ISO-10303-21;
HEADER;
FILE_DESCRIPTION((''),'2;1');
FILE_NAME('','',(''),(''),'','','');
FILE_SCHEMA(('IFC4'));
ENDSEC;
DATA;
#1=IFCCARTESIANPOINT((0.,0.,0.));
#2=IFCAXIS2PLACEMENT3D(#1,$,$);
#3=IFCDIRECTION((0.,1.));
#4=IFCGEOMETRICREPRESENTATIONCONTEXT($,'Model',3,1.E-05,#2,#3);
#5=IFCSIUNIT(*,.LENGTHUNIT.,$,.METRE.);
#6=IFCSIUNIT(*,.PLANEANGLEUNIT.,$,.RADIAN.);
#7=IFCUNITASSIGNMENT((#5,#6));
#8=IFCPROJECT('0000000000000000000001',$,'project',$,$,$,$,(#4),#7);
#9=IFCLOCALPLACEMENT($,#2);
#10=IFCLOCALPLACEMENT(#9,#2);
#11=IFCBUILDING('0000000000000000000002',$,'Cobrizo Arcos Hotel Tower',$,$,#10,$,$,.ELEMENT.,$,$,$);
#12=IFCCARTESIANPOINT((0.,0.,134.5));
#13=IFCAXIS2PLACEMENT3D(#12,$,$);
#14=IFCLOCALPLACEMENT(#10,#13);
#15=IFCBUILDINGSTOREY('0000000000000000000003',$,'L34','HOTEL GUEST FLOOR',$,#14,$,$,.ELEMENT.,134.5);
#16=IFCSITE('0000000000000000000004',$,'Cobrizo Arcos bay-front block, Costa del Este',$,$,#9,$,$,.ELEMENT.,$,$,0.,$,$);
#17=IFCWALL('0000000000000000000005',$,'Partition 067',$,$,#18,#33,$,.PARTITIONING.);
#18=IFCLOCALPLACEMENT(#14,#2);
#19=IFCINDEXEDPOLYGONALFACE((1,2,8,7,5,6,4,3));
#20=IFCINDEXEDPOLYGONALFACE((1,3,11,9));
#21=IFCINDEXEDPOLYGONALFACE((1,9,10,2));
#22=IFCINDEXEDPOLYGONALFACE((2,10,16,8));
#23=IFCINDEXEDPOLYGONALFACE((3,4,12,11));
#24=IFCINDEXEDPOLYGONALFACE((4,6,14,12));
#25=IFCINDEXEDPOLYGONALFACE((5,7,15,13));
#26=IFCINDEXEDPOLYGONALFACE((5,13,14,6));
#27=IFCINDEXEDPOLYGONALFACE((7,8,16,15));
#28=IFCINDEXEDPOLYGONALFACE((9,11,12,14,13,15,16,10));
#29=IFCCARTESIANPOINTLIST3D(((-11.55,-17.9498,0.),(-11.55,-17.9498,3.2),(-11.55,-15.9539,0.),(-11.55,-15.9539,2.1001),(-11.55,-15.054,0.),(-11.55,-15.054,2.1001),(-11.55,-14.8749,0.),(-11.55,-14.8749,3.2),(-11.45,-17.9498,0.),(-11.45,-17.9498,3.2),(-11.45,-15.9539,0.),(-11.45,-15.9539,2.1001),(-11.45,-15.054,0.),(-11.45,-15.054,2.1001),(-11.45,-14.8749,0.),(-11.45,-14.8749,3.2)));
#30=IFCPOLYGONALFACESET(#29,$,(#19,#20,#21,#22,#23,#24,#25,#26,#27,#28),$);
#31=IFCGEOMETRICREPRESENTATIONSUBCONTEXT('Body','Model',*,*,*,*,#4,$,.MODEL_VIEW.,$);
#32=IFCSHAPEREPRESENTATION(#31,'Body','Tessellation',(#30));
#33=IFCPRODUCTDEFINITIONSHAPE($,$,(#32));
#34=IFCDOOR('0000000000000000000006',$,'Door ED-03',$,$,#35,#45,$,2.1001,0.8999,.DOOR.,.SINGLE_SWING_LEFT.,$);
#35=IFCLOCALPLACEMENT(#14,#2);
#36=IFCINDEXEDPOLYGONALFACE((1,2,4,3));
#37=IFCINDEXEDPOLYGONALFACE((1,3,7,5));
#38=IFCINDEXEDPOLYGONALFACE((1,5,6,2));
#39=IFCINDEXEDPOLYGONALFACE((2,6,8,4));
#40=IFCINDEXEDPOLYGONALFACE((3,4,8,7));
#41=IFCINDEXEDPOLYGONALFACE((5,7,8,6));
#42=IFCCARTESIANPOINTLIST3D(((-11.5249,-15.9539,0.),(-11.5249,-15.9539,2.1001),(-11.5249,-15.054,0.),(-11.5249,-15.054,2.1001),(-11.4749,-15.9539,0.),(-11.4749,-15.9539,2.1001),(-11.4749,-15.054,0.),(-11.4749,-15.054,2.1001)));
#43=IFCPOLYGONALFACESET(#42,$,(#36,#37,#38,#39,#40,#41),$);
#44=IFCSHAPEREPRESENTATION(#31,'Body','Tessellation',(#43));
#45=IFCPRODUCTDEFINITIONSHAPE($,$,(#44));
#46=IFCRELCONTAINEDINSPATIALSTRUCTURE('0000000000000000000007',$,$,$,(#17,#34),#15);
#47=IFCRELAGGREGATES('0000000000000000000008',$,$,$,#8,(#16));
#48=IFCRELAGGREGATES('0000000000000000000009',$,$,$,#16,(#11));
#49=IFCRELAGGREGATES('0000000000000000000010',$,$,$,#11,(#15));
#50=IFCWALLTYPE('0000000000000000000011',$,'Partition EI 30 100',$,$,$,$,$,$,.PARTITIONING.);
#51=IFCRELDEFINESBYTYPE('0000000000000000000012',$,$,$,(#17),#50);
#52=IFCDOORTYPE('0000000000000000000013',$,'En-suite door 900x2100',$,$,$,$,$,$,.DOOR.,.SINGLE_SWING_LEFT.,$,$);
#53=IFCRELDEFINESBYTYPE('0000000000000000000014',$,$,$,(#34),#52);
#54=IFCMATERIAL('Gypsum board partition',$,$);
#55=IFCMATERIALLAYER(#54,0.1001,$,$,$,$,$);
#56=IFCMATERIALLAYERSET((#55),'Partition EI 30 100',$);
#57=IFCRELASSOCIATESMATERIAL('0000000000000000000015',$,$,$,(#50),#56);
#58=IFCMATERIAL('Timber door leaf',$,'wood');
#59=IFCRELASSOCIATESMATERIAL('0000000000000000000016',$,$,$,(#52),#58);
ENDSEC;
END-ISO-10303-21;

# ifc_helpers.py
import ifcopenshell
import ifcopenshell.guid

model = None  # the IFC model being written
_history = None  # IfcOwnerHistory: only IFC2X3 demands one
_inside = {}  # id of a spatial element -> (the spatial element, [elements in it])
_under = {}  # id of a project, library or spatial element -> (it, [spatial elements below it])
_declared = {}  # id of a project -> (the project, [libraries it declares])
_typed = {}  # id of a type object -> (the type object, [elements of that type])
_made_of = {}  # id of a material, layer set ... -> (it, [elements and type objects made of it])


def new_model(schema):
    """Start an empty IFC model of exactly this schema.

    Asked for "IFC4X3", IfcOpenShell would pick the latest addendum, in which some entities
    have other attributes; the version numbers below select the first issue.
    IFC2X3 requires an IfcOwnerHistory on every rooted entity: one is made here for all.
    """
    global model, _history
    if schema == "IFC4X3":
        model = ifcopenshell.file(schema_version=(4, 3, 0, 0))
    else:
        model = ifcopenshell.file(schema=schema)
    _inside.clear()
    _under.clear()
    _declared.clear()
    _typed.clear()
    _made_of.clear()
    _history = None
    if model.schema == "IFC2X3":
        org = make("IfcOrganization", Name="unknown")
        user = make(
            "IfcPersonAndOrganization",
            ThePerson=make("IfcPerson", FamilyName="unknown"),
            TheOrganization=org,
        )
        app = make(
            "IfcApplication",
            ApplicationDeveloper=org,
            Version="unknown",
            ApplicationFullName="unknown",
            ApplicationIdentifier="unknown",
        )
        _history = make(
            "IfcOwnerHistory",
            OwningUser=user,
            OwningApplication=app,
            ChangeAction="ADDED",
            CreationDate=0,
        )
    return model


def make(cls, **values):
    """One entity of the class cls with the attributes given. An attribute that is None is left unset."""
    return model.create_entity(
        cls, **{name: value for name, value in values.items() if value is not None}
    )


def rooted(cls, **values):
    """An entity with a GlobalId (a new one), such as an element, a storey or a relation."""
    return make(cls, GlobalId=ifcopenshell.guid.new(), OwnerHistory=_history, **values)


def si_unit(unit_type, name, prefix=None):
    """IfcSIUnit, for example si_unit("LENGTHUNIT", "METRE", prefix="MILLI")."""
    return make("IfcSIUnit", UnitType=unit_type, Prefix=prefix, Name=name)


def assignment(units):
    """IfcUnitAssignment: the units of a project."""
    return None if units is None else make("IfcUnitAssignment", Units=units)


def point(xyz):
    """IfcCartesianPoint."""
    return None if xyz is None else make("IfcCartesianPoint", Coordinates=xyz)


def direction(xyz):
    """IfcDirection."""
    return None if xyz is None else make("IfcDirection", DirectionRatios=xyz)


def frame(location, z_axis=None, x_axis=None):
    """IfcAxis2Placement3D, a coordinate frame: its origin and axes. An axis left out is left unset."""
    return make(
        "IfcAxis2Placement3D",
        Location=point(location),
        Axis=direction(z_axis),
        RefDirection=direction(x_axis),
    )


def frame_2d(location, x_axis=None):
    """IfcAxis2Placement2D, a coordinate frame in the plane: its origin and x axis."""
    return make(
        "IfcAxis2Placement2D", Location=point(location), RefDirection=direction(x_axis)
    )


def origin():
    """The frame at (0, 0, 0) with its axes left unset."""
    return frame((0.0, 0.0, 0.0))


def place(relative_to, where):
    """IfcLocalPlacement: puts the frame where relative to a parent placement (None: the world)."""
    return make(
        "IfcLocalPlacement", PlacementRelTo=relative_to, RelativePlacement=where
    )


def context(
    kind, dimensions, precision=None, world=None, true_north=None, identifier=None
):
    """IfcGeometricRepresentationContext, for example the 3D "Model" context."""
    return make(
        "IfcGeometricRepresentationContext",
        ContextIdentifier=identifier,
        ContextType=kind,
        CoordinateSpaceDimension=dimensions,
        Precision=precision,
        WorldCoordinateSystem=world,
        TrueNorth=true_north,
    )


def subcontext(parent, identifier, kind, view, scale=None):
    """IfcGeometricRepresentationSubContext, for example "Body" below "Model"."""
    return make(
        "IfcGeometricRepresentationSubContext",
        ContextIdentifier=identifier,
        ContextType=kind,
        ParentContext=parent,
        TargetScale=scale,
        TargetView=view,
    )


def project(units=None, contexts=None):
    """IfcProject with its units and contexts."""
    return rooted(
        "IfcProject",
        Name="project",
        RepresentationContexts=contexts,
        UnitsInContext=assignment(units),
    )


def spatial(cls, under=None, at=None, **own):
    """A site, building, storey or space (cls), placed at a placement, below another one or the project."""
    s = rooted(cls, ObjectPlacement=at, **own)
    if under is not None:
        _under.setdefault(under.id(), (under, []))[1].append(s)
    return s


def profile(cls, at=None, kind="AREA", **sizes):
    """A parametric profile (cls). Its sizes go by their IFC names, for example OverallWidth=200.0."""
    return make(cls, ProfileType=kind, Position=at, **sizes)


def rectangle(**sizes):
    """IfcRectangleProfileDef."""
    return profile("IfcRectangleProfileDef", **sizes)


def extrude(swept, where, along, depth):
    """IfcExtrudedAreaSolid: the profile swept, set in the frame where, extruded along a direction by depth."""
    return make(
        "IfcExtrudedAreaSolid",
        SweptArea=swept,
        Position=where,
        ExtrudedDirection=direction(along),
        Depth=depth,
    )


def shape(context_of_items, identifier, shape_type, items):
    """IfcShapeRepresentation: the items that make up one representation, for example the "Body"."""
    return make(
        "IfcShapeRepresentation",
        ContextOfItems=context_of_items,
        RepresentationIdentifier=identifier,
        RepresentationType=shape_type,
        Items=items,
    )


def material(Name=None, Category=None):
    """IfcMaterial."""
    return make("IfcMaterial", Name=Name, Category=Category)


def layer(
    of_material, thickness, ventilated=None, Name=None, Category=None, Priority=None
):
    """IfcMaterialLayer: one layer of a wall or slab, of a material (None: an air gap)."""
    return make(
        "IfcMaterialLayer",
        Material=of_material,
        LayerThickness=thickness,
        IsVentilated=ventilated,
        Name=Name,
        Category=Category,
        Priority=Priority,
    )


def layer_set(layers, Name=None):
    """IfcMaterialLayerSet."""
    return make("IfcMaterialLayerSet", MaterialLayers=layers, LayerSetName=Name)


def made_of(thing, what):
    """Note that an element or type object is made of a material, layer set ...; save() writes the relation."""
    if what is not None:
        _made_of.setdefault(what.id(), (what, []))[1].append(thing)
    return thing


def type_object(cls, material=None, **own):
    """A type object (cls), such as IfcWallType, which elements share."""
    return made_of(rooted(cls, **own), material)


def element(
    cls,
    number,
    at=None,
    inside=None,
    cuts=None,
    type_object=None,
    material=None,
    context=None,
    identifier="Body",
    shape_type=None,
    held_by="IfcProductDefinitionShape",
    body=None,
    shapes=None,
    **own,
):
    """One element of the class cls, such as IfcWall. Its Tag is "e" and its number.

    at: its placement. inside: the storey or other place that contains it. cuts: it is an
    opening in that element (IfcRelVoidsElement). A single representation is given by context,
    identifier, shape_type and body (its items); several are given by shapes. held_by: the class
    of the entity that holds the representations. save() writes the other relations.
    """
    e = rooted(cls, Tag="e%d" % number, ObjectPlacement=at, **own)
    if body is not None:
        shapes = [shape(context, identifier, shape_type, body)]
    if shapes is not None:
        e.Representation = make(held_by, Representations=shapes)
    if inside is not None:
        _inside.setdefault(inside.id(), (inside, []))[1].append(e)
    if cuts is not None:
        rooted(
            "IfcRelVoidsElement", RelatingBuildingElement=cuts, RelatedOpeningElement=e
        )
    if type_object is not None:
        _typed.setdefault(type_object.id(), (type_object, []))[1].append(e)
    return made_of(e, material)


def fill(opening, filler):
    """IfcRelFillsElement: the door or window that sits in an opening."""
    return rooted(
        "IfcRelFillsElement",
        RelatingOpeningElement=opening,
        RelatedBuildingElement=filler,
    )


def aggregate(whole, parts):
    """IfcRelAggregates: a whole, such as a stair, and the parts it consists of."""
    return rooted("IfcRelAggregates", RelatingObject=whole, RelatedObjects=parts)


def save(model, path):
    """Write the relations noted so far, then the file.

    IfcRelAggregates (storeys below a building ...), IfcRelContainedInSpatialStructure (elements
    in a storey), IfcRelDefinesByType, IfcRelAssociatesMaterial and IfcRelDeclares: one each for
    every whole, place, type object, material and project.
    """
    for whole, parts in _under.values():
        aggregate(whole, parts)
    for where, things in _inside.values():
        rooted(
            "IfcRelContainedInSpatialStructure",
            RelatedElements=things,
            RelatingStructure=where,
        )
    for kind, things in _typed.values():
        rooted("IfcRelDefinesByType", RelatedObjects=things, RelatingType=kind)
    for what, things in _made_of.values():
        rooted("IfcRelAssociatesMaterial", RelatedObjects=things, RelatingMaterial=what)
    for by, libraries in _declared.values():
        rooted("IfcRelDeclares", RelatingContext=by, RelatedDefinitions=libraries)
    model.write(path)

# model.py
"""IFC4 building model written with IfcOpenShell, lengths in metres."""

from ifc_helpers import new_model, si_unit, direction, frame, frame_2d, origin, place, context, subcontext, project, spatial, rectangle, extrude, material, layer, layer_set, type_object, element, fill, save


model = new_model("IFC4")

# Units and contexts
model_context = context("Model", 3, precision=1e-05, world=origin(), true_north=direction((0.0, 1.0)))
body_context = subcontext(model_context, "Body", "Model", "MODEL_VIEW")
ifc_project = project(units=[si_unit("LENGTHUNIT", "METRE"), si_unit("PLANEANGLEUNIT", "RADIAN")], contexts=[model_context])

# Site, building, storey
site_placement = place(None, origin())
site = spatial("IfcSite", under=ifc_project, at=site_placement, Name="Cobrizo Arcos bay-front block, Costa del Este", CompositionType="ELEMENT", RefElevation=0.0)
building_placement = place(site_placement, origin())
building = spatial("IfcBuilding", under=site, at=building_placement, Name="Cobrizo Arcos Hotel Tower", CompositionType="ELEMENT")
storey_placement = place(building_placement, frame((0.0, 0.0, 134.5)))
storey = spatial("IfcBuildingStorey", under=building, at=storey_placement, Name="L34", Description="HOTEL GUEST FLOOR", CompositionType="ELEMENT", Elevation=134.5)

# Shared definitions
ifc_material_1 = material(Name="Gypsum board partition")
ifc_layer_1 = layer(ifc_material_1, 0.1001)
ifc_layer_set_1 = layer_set([ifc_layer_1], Name="Partition EI 30 100")
wall_type = type_object("IfcWallType", Name="Partition EI 30 100", PredefinedType="PARTITIONING", material=ifc_layer_set_1)

# Wall, opening, door
wall_1_placement = place(storey_placement, frame((-11.5, -17.95, 0.0), z_axis=(0.0, 0.0, 1.0), x_axis=(0.0, 1.0, 0.0)))
wall_1 = element("IfcWall", 1, at=wall_1_placement, inside=storey, type_object=wall_type, Name="Partition 067", PredefinedType="PARTITIONING", context=body_context, shape_type="SweptSolid", body=[
    extrude(rectangle(XDim=3.075, YDim=0.1001, at=frame_2d((1.5376, 0.0))), origin(), (0.0, 0.0, 1.0), 3.2),
])
opening_placement = place(wall_1_placement, frame((1.9961, 0.0, 0.0)))
opening = element("IfcOpeningElement", 2, at=opening_placement, cuts=wall_1, PredefinedType="OPENING", context=body_context, shape_type="SweptSolid", body=[
    extrude(rectangle(XDim=0.8999, YDim=2.1001, at=frame_2d((0.45, 1.05))), frame((0.0, 0.062, 0.0), z_axis=(0.0, -1.0, 0.0), x_axis=(1.0, 0.0, 0.0)), (0.0, 0.0, 1.0), 0.124),
])
ifc_material_2 = material(Name="Timber door leaf", Category="wood")
door_type = type_object("IfcDoorType", Name="En-suite door 900x2100", OperationType="SINGLE_SWING_LEFT", PredefinedType="DOOR", material=ifc_material_2)
door_placement = place(opening_placement, origin())
door = element("IfcDoor", 3, at=door_placement, inside=storey, type_object=door_type, Name="Door ED-03", OperationType="SINGLE_SWING_LEFT", OverallHeight=2.1001, OverallWidth=0.8999, PredefinedType="DOOR", context=body_context, shape_type="SweptSolid", body=[
    extrude(rectangle(XDim=0.8999, YDim=2.1001, at=frame_2d((0.45, 1.05))), frame((0.0, 0.0249, 0.0), z_axis=(0.0, -1.0, 0.0), x_axis=(1.0, 0.0, 0.0)), (0.0, 0.0, 1.0), 0.05),
])
fill(opening, door)

save(model, "model.ifc")
